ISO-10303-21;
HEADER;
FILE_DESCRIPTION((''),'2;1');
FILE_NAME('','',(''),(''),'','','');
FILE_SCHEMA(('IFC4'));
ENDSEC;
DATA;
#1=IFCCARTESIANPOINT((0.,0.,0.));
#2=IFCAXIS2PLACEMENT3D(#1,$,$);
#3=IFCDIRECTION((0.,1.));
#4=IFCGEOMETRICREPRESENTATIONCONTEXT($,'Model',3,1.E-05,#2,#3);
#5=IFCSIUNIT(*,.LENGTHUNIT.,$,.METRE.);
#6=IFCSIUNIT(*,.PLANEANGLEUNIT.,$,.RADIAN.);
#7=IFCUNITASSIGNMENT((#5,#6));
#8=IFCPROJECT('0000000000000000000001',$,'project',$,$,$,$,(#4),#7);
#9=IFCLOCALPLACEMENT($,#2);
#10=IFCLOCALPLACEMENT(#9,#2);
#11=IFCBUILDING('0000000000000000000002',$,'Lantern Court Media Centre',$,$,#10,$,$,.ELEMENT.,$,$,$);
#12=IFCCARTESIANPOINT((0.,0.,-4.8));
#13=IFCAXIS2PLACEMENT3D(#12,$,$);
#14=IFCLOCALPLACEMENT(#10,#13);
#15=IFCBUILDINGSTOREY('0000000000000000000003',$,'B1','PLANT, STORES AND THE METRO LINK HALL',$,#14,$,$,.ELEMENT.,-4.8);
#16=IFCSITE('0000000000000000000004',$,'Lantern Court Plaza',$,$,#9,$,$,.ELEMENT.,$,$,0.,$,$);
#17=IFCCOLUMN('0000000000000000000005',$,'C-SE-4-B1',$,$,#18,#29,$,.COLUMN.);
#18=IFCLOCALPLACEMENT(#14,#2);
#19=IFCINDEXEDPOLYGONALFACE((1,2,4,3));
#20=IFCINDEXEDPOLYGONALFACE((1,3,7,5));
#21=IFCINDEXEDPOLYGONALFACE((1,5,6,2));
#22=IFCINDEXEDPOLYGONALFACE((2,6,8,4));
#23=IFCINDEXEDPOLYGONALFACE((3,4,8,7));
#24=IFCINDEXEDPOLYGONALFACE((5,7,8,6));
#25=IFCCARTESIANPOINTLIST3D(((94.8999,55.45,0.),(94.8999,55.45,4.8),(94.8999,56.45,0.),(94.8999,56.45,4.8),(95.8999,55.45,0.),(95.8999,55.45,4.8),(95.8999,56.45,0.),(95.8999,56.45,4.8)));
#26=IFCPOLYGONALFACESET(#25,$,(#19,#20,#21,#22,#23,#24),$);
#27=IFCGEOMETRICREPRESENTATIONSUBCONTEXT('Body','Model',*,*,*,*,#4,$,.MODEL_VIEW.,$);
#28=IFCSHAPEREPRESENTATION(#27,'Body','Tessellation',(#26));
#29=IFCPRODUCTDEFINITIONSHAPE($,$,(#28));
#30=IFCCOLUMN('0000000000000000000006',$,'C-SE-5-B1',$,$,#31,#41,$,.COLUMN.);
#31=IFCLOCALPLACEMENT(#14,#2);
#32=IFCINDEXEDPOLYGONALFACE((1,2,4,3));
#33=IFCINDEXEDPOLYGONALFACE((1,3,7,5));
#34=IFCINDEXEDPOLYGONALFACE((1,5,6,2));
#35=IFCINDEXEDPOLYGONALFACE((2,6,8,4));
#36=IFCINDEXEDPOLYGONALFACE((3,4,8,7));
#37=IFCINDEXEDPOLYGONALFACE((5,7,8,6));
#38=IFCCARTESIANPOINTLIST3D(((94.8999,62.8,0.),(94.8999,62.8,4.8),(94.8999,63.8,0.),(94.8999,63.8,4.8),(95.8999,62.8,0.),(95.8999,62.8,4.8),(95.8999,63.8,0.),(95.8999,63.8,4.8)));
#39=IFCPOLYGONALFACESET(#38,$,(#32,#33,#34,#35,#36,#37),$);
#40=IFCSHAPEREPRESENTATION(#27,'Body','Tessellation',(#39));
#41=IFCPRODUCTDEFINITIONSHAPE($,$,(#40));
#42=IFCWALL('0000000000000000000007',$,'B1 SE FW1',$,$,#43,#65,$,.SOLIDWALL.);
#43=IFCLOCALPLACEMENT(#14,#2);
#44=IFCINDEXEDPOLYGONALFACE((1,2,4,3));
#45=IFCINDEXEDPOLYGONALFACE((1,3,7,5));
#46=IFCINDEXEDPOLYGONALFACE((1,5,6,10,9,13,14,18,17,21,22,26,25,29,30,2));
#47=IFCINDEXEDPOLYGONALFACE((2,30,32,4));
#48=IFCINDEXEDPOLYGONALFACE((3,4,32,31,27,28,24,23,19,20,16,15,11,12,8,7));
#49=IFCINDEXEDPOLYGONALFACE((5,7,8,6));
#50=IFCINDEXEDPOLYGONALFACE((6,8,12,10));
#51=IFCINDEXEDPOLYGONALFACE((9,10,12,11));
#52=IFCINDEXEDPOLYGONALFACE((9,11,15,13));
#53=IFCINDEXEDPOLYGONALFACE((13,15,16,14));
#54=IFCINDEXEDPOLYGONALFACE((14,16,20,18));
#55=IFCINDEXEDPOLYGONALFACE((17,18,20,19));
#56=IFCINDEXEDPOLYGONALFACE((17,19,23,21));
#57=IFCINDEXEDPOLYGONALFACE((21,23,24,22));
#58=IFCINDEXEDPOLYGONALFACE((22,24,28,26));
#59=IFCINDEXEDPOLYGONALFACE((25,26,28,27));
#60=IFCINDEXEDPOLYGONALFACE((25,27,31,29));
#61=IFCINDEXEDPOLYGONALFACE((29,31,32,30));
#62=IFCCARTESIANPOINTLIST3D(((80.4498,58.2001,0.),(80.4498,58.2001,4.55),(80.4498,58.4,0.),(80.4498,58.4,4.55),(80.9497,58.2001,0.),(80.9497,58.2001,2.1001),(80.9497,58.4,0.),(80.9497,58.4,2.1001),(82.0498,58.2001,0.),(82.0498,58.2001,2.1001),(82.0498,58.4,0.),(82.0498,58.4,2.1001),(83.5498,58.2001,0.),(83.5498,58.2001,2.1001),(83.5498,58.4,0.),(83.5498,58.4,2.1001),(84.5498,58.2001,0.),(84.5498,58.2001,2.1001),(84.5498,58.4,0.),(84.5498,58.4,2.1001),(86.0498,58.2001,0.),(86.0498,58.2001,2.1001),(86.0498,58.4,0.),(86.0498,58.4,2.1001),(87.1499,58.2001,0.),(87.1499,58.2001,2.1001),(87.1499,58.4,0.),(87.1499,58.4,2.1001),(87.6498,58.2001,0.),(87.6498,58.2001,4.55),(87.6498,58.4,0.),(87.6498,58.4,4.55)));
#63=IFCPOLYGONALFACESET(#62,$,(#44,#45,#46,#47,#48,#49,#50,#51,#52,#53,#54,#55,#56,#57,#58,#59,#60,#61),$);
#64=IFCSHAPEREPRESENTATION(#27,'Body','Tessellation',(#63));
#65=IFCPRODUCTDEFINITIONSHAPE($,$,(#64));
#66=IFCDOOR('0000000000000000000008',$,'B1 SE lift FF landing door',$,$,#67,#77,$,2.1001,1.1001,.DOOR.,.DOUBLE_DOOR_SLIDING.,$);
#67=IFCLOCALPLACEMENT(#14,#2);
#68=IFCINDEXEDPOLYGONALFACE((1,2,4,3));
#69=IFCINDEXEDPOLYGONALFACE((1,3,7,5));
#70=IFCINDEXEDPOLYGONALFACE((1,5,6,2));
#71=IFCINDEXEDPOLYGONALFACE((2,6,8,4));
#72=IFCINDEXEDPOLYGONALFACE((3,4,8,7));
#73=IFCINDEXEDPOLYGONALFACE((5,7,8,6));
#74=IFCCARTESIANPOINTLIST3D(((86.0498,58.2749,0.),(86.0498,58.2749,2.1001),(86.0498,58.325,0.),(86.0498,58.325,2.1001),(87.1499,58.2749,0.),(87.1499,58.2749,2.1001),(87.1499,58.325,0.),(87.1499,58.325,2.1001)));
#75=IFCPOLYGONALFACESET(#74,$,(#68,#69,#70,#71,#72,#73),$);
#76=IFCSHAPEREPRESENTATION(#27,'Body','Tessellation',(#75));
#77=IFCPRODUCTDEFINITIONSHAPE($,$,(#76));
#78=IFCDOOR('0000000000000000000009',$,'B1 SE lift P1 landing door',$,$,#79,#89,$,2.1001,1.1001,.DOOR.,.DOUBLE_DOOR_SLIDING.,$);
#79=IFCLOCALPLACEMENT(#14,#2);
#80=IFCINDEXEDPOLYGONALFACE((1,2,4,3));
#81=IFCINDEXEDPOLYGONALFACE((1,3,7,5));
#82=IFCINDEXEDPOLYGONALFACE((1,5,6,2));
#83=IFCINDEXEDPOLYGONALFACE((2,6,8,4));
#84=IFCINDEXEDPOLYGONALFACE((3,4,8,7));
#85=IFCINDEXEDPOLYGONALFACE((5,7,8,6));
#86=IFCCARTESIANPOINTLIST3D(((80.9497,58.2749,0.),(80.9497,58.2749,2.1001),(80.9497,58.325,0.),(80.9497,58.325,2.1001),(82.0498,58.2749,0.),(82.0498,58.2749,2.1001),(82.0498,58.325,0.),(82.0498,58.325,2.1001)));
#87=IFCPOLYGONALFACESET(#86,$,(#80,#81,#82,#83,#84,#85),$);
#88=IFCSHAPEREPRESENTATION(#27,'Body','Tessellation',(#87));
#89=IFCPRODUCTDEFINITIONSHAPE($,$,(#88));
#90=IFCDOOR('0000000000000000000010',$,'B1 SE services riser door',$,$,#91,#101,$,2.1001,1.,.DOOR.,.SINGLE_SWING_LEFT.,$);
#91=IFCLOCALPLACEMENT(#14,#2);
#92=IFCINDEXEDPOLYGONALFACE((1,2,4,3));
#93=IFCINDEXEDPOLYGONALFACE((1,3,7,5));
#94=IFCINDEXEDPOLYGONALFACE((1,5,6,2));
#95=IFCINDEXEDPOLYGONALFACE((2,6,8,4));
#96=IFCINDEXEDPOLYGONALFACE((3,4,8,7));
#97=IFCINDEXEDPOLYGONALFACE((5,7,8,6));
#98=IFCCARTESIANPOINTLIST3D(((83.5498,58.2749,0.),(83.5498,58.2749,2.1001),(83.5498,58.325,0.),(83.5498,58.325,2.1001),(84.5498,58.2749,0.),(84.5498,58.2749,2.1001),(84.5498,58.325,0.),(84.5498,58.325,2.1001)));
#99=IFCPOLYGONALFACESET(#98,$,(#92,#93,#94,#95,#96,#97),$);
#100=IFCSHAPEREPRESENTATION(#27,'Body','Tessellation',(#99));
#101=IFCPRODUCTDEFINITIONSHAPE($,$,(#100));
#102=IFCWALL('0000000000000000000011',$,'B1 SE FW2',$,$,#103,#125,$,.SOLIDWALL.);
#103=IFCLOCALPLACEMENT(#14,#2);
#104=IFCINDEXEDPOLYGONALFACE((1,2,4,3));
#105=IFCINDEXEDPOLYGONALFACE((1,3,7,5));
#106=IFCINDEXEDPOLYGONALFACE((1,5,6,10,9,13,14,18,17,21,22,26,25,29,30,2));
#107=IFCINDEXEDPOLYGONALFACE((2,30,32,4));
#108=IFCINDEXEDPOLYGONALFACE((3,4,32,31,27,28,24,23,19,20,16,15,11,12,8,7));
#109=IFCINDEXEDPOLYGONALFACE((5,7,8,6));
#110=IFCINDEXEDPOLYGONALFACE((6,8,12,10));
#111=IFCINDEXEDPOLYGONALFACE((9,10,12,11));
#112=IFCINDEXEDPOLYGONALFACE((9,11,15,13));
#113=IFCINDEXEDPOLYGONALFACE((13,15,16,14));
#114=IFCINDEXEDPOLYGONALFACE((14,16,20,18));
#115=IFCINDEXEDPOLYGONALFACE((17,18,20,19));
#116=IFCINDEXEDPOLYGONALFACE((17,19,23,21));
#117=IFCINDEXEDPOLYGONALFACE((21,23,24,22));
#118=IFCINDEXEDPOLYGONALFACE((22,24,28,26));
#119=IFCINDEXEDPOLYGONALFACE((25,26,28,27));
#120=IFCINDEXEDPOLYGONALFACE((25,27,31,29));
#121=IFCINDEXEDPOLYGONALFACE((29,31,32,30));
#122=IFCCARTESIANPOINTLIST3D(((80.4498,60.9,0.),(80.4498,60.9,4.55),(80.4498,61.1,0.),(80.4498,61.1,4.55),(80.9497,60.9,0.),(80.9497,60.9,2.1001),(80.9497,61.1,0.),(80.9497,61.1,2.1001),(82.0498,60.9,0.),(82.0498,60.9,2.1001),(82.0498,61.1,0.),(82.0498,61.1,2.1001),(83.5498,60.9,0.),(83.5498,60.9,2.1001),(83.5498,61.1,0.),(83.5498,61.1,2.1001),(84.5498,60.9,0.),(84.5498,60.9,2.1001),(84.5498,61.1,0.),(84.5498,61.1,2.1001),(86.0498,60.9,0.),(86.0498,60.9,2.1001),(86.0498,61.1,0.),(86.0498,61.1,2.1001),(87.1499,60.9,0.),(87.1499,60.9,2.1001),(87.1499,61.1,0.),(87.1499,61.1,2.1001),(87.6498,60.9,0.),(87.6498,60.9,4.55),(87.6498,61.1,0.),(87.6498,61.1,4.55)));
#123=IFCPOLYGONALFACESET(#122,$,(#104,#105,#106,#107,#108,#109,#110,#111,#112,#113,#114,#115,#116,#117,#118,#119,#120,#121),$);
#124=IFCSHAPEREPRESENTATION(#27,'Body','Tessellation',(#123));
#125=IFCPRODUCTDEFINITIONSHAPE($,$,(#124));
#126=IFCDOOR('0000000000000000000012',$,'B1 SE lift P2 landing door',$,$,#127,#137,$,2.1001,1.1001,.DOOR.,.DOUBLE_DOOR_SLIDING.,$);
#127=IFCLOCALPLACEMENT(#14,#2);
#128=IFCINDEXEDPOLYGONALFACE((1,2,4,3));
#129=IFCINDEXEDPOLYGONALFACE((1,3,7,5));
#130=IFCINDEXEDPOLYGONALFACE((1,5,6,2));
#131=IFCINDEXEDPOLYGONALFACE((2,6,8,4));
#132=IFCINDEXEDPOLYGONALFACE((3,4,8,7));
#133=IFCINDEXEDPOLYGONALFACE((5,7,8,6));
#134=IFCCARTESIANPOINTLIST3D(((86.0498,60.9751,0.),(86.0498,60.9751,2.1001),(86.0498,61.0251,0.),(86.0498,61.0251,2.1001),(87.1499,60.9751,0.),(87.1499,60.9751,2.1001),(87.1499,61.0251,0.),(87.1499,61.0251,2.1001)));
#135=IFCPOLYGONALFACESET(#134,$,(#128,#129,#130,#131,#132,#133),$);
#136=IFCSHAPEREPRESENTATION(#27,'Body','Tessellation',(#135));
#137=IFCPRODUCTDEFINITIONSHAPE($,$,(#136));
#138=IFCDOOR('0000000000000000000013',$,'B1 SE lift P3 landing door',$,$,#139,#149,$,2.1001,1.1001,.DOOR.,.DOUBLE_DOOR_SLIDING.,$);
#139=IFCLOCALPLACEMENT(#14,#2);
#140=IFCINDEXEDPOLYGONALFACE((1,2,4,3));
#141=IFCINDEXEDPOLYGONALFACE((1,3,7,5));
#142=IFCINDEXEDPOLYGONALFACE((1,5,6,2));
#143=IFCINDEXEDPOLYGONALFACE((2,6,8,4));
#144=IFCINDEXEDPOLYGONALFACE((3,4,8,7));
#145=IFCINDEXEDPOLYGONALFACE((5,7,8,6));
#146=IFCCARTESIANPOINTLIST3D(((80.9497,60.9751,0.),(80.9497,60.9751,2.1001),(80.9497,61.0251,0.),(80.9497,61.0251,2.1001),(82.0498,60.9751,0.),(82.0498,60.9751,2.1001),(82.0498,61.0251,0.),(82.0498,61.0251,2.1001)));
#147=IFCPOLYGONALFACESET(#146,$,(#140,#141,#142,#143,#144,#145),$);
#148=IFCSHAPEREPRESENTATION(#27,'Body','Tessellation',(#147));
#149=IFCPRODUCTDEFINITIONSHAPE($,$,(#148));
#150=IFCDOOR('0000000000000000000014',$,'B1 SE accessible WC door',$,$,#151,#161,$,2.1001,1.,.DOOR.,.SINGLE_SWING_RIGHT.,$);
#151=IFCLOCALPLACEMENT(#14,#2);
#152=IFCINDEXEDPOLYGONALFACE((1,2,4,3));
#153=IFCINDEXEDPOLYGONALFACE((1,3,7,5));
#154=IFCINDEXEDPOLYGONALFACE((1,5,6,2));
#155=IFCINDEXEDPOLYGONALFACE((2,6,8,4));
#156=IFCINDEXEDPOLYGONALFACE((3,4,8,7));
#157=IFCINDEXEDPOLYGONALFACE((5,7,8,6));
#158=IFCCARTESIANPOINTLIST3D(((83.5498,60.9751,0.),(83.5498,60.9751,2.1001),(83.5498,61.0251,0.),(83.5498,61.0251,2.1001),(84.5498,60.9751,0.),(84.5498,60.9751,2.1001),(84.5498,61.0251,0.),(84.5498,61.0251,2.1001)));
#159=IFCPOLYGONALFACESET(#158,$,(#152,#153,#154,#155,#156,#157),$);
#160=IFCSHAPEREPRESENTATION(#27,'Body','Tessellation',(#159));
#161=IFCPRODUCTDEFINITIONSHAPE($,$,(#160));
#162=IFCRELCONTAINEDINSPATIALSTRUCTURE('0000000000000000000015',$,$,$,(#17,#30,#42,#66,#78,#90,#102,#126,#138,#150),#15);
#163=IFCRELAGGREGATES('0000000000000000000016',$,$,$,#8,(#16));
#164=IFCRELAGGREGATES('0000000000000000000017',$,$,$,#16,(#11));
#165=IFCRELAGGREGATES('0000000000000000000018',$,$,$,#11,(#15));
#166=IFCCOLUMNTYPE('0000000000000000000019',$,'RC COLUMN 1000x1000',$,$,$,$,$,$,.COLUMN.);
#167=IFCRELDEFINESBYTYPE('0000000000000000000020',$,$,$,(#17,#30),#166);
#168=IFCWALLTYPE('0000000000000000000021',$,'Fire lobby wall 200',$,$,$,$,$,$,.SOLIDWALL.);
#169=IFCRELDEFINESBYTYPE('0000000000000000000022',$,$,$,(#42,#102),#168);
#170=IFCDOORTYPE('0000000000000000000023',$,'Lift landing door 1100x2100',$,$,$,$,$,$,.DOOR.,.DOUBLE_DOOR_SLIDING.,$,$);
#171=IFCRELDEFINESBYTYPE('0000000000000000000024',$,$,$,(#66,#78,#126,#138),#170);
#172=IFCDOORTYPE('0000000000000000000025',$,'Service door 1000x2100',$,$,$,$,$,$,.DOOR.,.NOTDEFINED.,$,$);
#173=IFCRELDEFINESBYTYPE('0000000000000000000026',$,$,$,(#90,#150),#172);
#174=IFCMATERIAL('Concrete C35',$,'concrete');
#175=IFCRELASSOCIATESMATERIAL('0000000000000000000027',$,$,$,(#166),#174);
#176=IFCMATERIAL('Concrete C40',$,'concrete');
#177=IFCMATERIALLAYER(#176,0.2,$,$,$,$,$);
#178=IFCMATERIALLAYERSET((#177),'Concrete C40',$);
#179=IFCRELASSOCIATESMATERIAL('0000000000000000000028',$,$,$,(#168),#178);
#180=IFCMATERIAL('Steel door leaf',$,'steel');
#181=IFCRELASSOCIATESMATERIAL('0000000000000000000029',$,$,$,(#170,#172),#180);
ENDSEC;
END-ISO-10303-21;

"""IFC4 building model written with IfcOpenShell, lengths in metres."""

from ifc_helpers import new_model, si_unit, direction, frame, frame_2d, origin, origin_2d, place, context, subcontext, project, spatial, rectangle, extrude, material, layer, layer_set, material_profile, profile_set, type_object, element, fill, save


model = new_model("IFC4")

# Units and contexts
model_context = context("Model", 3, precision=1e-05, world=origin(), true_north=direction((0.0, 1.0)))
body_context = subcontext(model_context, "Body", "Model", "MODEL_VIEW")
ifc_project = project(units=[si_unit("LENGTHUNIT", "METRE"), si_unit("PLANEANGLEUNIT", "RADIAN")], contexts=[model_context])

# Site, building, storey
site_placement = place(None, origin())
site = spatial("IfcSite", under=ifc_project, at=site_placement, Name="Lantern Court Plaza", CompositionType="ELEMENT", RefElevation=0.0)
building_placement = place(site_placement, origin())
building = spatial("IfcBuilding", under=site, at=building_placement, Name="Lantern Court Media Centre", CompositionType="ELEMENT")
storey_placement = place(building_placement, frame((0.0, 0.0, -4.8)))
storey = spatial("IfcBuildingStorey", under=building, at=storey_placement, Name="B1", Description="PLANT, STORES AND THE METRO LINK HALL", CompositionType="ELEMENT", Elevation=-4.8)

# Columns
ifc_material_1 = material(Name="Concrete C35", Category="concrete")
ifc_material_profile_1 = material_profile(ifc_material_1, rectangle(XDim=1.0, YDim=1.0, at=origin_2d()), Name="RC 1000x1000")
ifc_profile_set_1 = profile_set([ifc_material_profile_1], Name="Concrete C35")
column_type = type_object("IfcColumnType", Name="RC COLUMN 1000x1000", PredefinedType="COLUMN", material=ifc_profile_set_1)
for number, where, z_axis, x_axis, name in (
    (1, (95.3999, 55.95, 0.0), (0.0, 0.0, 1.0), (1.0, 0.0, 0.0), "C-SE-4-B1"),
    (2, (95.3999, 63.3, 0.0), (0.0, 0.0, 1.0), (1.0, 0.0, 0.0), "C-SE-5-B1"),
):
    element("IfcColumn", number, at=place(storey_placement, frame(where, z_axis=z_axis, x_axis=x_axis)), inside=storey, type_object=column_type, Name=name, PredefinedType="COLUMN", context=body_context, shape_type="SweptSolid", body=[
        extrude(rectangle(XDim=1.0, YDim=1.0, at=origin_2d()), origin(), (0.0, 0.0, 1.0), 4.8),
    ])

# Walls, openings, doors
ifc_material_2 = material(Name="Concrete C40", Category="concrete")
ifc_layer_1 = layer(ifc_material_2, 0.2)
ifc_layer_set_1 = layer_set([ifc_layer_1], Name="Concrete C40")
wall_type_1 = type_object("IfcWallType", Name="Fire lobby wall 200", PredefinedType="SOLIDWALL", material=ifc_layer_set_1)
wall_1_placement = place(storey_placement, frame((87.6499, 58.3, 0.0), z_axis=(0.0, 0.0, 1.0), x_axis=(-1.0, 0.0, 0.0)))
wall_1 = element("IfcWall", 3, at=wall_1_placement, inside=storey, type_object=wall_type_1, Name="B1 SE FW1", PredefinedType="SOLIDWALL", context=body_context, shape_type="SweptSolid", body=[
    extrude(rectangle(XDim=7.2, YDim=0.2, at=frame_2d((3.6001, 0.0))), origin(), (0.0, 0.0, 1.0), 4.55),
])
opening_1_placement = place(wall_1_placement, frame((0.5, 0.0, 0.0)))
opening_1 = element("IfcOpeningElement", 4, at=opening_1_placement, cuts=wall_1, PredefinedType="OPENING", context=body_context, shape_type="SweptSolid", body=[
    extrude(rectangle(XDim=1.1001, YDim=2.1001, at=frame_2d((0.55, 1.05))), frame((0.0, 0.1099, 0.0), z_axis=(0.0, -1.0, 0.0), x_axis=(1.0, 0.0, 0.0)), (0.0, 0.0, 1.0), 0.22),
])
opening_2_placement = place(wall_1_placement, frame((5.6001, 0.0, 0.0)))
opening_2 = element("IfcOpeningElement", 5, at=opening_2_placement, cuts=wall_1, PredefinedType="OPENING", context=body_context, shape_type="SweptSolid", body=[
    extrude(rectangle(XDim=1.1001, YDim=2.1001, at=frame_2d((0.55, 1.05))), frame((0.0, 0.1099, 0.0), z_axis=(0.0, -1.0, 0.0), x_axis=(1.0, 0.0, 0.0)), (0.0, 0.0, 1.0), 0.22),
])
opening_3_placement = place(wall_1_placement, frame((3.1001, 0.0, 0.0)))
opening_3 = element("IfcOpeningElement", 6, at=opening_3_placement, cuts=wall_1, PredefinedType="OPENING", context=body_context, shape_type="SweptSolid", body=[
    extrude(rectangle(XDim=1.0, YDim=2.1001, at=frame_2d((0.5, 1.05))), frame((0.0, 0.1099, 0.0), z_axis=(0.0, -1.0, 0.0), x_axis=(1.0, 0.0, 0.0)), (0.0, 0.0, 1.0), 0.22),
])
ifc_material_3 = material(Name="Steel door leaf", Category="steel")
door_type_1 = type_object("IfcDoorType", Name="Lift landing door 1100x2100", OperationType="DOUBLE_DOOR_SLIDING", PredefinedType="DOOR", material=ifc_material_3)
door_1_placement = place(opening_1_placement, frame((1.1001, 0.0, 0.0), z_axis=(0.0, 0.0, 1.0), x_axis=(-1.0, 0.0, 0.0)))
door_1 = element("IfcDoor", 7, at=door_1_placement, inside=storey, type_object=door_type_1, Name="B1 SE lift FF landing door", OperationType="DOUBLE_DOOR_SLIDING", OverallHeight=2.1001, OverallWidth=1.1001, PredefinedType="DOOR", context=body_context, shape_type="SweptSolid", body=[
    extrude(rectangle(XDim=1.1001, YDim=2.1001, at=frame_2d((0.55, 1.05))), frame((0.0, 0.0249, 0.0), z_axis=(0.0, -1.0, 0.0), x_axis=(1.0, 0.0, 0.0)), (0.0, 0.0, 1.0), 0.05),
])
fill(opening_1, door_1)
door_2_placement = place(opening_2_placement, frame((1.1001, 0.0, 0.0), z_axis=(0.0, 0.0, 1.0), x_axis=(-1.0, 0.0, 0.0)))
door_2 = element("IfcDoor", 8, at=door_2_placement, inside=storey, type_object=door_type_1, Name="B1 SE lift P1 landing door", OperationType="DOUBLE_DOOR_SLIDING", OverallHeight=2.1001, OverallWidth=1.1001, PredefinedType="DOOR", context=body_context, shape_type="SweptSolid", body=[
    extrude(rectangle(XDim=1.1001, YDim=2.1001, at=frame_2d((0.55, 1.05))), frame((0.0, 0.0249, 0.0), z_axis=(0.0, -1.0, 0.0), x_axis=(1.0, 0.0, 0.0)), (0.0, 0.0, 1.0), 0.05),
])
fill(opening_2, door_2)
door_type_2 = type_object("IfcDoorType", Name="Service door 1000x2100", OperationType="NOTDEFINED", PredefinedType="DOOR", material=ifc_material_3)
door_3_placement = place(opening_3_placement, frame((1.0, 0.0, 0.0), z_axis=(0.0, 0.0, 1.0), x_axis=(-1.0, 0.0, 0.0)))
door_3 = element("IfcDoor", 9, at=door_3_placement, inside=storey, type_object=door_type_2, Name="B1 SE services riser door", OperationType="SINGLE_SWING_LEFT", OverallHeight=2.1001, OverallWidth=1.0, PredefinedType="DOOR", context=body_context, shape_type="SweptSolid", body=[
    extrude(rectangle(XDim=1.0, YDim=2.1001, at=frame_2d((0.5, 1.05))), frame((0.0, 0.0249, 0.0), z_axis=(0.0, -1.0, 0.0), x_axis=(1.0, 0.0, 0.0)), (0.0, 0.0, 1.0), 0.05),
])
fill(opening_3, door_3)
wall_2_placement = place(storey_placement, frame((87.6499, 61.0, 0.0), z_axis=(0.0, 0.0, 1.0), x_axis=(-1.0, 0.0, 0.0)))
wall_2 = element("IfcWall", 10, at=wall_2_placement, inside=storey, type_object=wall_type_1, Name="B1 SE FW2", PredefinedType="SOLIDWALL", context=body_context, shape_type="SweptSolid", body=[
    extrude(rectangle(XDim=7.2, YDim=0.2, at=frame_2d((3.6001, 0.0))), origin(), (0.0, 0.0, 1.0), 4.55),
])
opening_4_placement = place(wall_2_placement, frame((0.5, 0.0, 0.0)))
opening_4 = element("IfcOpeningElement", 11, at=opening_4_placement, cuts=wall_2, PredefinedType="OPENING", context=body_context, shape_type="SweptSolid", body=[
    extrude(rectangle(XDim=1.1001, YDim=2.1001, at=frame_2d((0.55, 1.05))), frame((0.0, 0.1099, 0.0), z_axis=(0.0, -1.0, 0.0), x_axis=(1.0, 0.0, 0.0)), (0.0, 0.0, 1.0), 0.22),
])
opening_5_placement = place(wall_2_placement, frame((5.6001, 0.0, 0.0)))
opening_5 = element("IfcOpeningElement", 12, at=opening_5_placement, cuts=wall_2, PredefinedType="OPENING", context=body_context, shape_type="SweptSolid", body=[
    extrude(rectangle(XDim=1.1001, YDim=2.1001, at=frame_2d((0.55, 1.05))), frame((0.0, 0.1099, 0.0), z_axis=(0.0, -1.0, 0.0), x_axis=(1.0, 0.0, 0.0)), (0.0, 0.0, 1.0), 0.22),
])
opening_6_placement = place(wall_2_placement, frame((3.1001, 0.0, 0.0)))
opening_6 = element("IfcOpeningElement", 13, at=opening_6_placement, cuts=wall_2, PredefinedType="OPENING", context=body_context, shape_type="SweptSolid", body=[
    extrude(rectangle(XDim=1.0, YDim=2.1001, at=frame_2d((0.5, 1.05))), frame((0.0, 0.1099, 0.0), z_axis=(0.0, -1.0, 0.0), x_axis=(1.0, 0.0, 0.0)), (0.0, 0.0, 1.0), 0.22),
])
door_4_placement = place(opening_4_placement, origin())
door_4 = element("IfcDoor", 14, at=door_4_placement, inside=storey, type_object=door_type_1, Name="B1 SE lift P2 landing door", OperationType="DOUBLE_DOOR_SLIDING", OverallHeight=2.1001, OverallWidth=1.1001, PredefinedType="DOOR", context=body_context, shape_type="SweptSolid", body=[
    extrude(rectangle(XDim=1.1001, YDim=2.1001, at=frame_2d((0.55, 1.05))), frame((0.0, 0.0249, 0.0), z_axis=(0.0, -1.0, 0.0), x_axis=(1.0, 0.0, 0.0)), (0.0, 0.0, 1.0), 0.05),
])
fill(opening_4, door_4)
door_5_placement = place(opening_5_placement, origin())
door_5 = element("IfcDoor", 15, at=door_5_placement, inside=storey, type_object=door_type_1, Name="B1 SE lift P3 landing door", OperationType="DOUBLE_DOOR_SLIDING", OverallHeight=2.1001, OverallWidth=1.1001, PredefinedType="DOOR", context=body_context, shape_type="SweptSolid", body=[
    extrude(rectangle(XDim=1.1001, YDim=2.1001, at=frame_2d((0.55, 1.05))), frame((0.0, 0.0249, 0.0), z_axis=(0.0, -1.0, 0.0), x_axis=(1.0, 0.0, 0.0)), (0.0, 0.0, 1.0), 0.05),
])
fill(opening_5, door_5)
door_6_placement = place(opening_6_placement, origin())
door_6 = element("IfcDoor", 16, at=door_6_placement, inside=storey, type_object=door_type_2, Name="B1 SE accessible WC door", OperationType="SINGLE_SWING_RIGHT", OverallHeight=2.1001, OverallWidth=1.0, PredefinedType="DOOR", context=body_context, shape_type="SweptSolid", body=[
    extrude(rectangle(XDim=1.0, YDim=2.1001, at=frame_2d((0.5, 1.05))), frame((0.0, 0.0249, 0.0), z_axis=(0.0, -1.0, 0.0), x_axis=(1.0, 0.0, 0.0)), (0.0, 0.0, 1.0), 0.05),
])
fill(opening_6, door_6)

save(model, "model.ifc")
